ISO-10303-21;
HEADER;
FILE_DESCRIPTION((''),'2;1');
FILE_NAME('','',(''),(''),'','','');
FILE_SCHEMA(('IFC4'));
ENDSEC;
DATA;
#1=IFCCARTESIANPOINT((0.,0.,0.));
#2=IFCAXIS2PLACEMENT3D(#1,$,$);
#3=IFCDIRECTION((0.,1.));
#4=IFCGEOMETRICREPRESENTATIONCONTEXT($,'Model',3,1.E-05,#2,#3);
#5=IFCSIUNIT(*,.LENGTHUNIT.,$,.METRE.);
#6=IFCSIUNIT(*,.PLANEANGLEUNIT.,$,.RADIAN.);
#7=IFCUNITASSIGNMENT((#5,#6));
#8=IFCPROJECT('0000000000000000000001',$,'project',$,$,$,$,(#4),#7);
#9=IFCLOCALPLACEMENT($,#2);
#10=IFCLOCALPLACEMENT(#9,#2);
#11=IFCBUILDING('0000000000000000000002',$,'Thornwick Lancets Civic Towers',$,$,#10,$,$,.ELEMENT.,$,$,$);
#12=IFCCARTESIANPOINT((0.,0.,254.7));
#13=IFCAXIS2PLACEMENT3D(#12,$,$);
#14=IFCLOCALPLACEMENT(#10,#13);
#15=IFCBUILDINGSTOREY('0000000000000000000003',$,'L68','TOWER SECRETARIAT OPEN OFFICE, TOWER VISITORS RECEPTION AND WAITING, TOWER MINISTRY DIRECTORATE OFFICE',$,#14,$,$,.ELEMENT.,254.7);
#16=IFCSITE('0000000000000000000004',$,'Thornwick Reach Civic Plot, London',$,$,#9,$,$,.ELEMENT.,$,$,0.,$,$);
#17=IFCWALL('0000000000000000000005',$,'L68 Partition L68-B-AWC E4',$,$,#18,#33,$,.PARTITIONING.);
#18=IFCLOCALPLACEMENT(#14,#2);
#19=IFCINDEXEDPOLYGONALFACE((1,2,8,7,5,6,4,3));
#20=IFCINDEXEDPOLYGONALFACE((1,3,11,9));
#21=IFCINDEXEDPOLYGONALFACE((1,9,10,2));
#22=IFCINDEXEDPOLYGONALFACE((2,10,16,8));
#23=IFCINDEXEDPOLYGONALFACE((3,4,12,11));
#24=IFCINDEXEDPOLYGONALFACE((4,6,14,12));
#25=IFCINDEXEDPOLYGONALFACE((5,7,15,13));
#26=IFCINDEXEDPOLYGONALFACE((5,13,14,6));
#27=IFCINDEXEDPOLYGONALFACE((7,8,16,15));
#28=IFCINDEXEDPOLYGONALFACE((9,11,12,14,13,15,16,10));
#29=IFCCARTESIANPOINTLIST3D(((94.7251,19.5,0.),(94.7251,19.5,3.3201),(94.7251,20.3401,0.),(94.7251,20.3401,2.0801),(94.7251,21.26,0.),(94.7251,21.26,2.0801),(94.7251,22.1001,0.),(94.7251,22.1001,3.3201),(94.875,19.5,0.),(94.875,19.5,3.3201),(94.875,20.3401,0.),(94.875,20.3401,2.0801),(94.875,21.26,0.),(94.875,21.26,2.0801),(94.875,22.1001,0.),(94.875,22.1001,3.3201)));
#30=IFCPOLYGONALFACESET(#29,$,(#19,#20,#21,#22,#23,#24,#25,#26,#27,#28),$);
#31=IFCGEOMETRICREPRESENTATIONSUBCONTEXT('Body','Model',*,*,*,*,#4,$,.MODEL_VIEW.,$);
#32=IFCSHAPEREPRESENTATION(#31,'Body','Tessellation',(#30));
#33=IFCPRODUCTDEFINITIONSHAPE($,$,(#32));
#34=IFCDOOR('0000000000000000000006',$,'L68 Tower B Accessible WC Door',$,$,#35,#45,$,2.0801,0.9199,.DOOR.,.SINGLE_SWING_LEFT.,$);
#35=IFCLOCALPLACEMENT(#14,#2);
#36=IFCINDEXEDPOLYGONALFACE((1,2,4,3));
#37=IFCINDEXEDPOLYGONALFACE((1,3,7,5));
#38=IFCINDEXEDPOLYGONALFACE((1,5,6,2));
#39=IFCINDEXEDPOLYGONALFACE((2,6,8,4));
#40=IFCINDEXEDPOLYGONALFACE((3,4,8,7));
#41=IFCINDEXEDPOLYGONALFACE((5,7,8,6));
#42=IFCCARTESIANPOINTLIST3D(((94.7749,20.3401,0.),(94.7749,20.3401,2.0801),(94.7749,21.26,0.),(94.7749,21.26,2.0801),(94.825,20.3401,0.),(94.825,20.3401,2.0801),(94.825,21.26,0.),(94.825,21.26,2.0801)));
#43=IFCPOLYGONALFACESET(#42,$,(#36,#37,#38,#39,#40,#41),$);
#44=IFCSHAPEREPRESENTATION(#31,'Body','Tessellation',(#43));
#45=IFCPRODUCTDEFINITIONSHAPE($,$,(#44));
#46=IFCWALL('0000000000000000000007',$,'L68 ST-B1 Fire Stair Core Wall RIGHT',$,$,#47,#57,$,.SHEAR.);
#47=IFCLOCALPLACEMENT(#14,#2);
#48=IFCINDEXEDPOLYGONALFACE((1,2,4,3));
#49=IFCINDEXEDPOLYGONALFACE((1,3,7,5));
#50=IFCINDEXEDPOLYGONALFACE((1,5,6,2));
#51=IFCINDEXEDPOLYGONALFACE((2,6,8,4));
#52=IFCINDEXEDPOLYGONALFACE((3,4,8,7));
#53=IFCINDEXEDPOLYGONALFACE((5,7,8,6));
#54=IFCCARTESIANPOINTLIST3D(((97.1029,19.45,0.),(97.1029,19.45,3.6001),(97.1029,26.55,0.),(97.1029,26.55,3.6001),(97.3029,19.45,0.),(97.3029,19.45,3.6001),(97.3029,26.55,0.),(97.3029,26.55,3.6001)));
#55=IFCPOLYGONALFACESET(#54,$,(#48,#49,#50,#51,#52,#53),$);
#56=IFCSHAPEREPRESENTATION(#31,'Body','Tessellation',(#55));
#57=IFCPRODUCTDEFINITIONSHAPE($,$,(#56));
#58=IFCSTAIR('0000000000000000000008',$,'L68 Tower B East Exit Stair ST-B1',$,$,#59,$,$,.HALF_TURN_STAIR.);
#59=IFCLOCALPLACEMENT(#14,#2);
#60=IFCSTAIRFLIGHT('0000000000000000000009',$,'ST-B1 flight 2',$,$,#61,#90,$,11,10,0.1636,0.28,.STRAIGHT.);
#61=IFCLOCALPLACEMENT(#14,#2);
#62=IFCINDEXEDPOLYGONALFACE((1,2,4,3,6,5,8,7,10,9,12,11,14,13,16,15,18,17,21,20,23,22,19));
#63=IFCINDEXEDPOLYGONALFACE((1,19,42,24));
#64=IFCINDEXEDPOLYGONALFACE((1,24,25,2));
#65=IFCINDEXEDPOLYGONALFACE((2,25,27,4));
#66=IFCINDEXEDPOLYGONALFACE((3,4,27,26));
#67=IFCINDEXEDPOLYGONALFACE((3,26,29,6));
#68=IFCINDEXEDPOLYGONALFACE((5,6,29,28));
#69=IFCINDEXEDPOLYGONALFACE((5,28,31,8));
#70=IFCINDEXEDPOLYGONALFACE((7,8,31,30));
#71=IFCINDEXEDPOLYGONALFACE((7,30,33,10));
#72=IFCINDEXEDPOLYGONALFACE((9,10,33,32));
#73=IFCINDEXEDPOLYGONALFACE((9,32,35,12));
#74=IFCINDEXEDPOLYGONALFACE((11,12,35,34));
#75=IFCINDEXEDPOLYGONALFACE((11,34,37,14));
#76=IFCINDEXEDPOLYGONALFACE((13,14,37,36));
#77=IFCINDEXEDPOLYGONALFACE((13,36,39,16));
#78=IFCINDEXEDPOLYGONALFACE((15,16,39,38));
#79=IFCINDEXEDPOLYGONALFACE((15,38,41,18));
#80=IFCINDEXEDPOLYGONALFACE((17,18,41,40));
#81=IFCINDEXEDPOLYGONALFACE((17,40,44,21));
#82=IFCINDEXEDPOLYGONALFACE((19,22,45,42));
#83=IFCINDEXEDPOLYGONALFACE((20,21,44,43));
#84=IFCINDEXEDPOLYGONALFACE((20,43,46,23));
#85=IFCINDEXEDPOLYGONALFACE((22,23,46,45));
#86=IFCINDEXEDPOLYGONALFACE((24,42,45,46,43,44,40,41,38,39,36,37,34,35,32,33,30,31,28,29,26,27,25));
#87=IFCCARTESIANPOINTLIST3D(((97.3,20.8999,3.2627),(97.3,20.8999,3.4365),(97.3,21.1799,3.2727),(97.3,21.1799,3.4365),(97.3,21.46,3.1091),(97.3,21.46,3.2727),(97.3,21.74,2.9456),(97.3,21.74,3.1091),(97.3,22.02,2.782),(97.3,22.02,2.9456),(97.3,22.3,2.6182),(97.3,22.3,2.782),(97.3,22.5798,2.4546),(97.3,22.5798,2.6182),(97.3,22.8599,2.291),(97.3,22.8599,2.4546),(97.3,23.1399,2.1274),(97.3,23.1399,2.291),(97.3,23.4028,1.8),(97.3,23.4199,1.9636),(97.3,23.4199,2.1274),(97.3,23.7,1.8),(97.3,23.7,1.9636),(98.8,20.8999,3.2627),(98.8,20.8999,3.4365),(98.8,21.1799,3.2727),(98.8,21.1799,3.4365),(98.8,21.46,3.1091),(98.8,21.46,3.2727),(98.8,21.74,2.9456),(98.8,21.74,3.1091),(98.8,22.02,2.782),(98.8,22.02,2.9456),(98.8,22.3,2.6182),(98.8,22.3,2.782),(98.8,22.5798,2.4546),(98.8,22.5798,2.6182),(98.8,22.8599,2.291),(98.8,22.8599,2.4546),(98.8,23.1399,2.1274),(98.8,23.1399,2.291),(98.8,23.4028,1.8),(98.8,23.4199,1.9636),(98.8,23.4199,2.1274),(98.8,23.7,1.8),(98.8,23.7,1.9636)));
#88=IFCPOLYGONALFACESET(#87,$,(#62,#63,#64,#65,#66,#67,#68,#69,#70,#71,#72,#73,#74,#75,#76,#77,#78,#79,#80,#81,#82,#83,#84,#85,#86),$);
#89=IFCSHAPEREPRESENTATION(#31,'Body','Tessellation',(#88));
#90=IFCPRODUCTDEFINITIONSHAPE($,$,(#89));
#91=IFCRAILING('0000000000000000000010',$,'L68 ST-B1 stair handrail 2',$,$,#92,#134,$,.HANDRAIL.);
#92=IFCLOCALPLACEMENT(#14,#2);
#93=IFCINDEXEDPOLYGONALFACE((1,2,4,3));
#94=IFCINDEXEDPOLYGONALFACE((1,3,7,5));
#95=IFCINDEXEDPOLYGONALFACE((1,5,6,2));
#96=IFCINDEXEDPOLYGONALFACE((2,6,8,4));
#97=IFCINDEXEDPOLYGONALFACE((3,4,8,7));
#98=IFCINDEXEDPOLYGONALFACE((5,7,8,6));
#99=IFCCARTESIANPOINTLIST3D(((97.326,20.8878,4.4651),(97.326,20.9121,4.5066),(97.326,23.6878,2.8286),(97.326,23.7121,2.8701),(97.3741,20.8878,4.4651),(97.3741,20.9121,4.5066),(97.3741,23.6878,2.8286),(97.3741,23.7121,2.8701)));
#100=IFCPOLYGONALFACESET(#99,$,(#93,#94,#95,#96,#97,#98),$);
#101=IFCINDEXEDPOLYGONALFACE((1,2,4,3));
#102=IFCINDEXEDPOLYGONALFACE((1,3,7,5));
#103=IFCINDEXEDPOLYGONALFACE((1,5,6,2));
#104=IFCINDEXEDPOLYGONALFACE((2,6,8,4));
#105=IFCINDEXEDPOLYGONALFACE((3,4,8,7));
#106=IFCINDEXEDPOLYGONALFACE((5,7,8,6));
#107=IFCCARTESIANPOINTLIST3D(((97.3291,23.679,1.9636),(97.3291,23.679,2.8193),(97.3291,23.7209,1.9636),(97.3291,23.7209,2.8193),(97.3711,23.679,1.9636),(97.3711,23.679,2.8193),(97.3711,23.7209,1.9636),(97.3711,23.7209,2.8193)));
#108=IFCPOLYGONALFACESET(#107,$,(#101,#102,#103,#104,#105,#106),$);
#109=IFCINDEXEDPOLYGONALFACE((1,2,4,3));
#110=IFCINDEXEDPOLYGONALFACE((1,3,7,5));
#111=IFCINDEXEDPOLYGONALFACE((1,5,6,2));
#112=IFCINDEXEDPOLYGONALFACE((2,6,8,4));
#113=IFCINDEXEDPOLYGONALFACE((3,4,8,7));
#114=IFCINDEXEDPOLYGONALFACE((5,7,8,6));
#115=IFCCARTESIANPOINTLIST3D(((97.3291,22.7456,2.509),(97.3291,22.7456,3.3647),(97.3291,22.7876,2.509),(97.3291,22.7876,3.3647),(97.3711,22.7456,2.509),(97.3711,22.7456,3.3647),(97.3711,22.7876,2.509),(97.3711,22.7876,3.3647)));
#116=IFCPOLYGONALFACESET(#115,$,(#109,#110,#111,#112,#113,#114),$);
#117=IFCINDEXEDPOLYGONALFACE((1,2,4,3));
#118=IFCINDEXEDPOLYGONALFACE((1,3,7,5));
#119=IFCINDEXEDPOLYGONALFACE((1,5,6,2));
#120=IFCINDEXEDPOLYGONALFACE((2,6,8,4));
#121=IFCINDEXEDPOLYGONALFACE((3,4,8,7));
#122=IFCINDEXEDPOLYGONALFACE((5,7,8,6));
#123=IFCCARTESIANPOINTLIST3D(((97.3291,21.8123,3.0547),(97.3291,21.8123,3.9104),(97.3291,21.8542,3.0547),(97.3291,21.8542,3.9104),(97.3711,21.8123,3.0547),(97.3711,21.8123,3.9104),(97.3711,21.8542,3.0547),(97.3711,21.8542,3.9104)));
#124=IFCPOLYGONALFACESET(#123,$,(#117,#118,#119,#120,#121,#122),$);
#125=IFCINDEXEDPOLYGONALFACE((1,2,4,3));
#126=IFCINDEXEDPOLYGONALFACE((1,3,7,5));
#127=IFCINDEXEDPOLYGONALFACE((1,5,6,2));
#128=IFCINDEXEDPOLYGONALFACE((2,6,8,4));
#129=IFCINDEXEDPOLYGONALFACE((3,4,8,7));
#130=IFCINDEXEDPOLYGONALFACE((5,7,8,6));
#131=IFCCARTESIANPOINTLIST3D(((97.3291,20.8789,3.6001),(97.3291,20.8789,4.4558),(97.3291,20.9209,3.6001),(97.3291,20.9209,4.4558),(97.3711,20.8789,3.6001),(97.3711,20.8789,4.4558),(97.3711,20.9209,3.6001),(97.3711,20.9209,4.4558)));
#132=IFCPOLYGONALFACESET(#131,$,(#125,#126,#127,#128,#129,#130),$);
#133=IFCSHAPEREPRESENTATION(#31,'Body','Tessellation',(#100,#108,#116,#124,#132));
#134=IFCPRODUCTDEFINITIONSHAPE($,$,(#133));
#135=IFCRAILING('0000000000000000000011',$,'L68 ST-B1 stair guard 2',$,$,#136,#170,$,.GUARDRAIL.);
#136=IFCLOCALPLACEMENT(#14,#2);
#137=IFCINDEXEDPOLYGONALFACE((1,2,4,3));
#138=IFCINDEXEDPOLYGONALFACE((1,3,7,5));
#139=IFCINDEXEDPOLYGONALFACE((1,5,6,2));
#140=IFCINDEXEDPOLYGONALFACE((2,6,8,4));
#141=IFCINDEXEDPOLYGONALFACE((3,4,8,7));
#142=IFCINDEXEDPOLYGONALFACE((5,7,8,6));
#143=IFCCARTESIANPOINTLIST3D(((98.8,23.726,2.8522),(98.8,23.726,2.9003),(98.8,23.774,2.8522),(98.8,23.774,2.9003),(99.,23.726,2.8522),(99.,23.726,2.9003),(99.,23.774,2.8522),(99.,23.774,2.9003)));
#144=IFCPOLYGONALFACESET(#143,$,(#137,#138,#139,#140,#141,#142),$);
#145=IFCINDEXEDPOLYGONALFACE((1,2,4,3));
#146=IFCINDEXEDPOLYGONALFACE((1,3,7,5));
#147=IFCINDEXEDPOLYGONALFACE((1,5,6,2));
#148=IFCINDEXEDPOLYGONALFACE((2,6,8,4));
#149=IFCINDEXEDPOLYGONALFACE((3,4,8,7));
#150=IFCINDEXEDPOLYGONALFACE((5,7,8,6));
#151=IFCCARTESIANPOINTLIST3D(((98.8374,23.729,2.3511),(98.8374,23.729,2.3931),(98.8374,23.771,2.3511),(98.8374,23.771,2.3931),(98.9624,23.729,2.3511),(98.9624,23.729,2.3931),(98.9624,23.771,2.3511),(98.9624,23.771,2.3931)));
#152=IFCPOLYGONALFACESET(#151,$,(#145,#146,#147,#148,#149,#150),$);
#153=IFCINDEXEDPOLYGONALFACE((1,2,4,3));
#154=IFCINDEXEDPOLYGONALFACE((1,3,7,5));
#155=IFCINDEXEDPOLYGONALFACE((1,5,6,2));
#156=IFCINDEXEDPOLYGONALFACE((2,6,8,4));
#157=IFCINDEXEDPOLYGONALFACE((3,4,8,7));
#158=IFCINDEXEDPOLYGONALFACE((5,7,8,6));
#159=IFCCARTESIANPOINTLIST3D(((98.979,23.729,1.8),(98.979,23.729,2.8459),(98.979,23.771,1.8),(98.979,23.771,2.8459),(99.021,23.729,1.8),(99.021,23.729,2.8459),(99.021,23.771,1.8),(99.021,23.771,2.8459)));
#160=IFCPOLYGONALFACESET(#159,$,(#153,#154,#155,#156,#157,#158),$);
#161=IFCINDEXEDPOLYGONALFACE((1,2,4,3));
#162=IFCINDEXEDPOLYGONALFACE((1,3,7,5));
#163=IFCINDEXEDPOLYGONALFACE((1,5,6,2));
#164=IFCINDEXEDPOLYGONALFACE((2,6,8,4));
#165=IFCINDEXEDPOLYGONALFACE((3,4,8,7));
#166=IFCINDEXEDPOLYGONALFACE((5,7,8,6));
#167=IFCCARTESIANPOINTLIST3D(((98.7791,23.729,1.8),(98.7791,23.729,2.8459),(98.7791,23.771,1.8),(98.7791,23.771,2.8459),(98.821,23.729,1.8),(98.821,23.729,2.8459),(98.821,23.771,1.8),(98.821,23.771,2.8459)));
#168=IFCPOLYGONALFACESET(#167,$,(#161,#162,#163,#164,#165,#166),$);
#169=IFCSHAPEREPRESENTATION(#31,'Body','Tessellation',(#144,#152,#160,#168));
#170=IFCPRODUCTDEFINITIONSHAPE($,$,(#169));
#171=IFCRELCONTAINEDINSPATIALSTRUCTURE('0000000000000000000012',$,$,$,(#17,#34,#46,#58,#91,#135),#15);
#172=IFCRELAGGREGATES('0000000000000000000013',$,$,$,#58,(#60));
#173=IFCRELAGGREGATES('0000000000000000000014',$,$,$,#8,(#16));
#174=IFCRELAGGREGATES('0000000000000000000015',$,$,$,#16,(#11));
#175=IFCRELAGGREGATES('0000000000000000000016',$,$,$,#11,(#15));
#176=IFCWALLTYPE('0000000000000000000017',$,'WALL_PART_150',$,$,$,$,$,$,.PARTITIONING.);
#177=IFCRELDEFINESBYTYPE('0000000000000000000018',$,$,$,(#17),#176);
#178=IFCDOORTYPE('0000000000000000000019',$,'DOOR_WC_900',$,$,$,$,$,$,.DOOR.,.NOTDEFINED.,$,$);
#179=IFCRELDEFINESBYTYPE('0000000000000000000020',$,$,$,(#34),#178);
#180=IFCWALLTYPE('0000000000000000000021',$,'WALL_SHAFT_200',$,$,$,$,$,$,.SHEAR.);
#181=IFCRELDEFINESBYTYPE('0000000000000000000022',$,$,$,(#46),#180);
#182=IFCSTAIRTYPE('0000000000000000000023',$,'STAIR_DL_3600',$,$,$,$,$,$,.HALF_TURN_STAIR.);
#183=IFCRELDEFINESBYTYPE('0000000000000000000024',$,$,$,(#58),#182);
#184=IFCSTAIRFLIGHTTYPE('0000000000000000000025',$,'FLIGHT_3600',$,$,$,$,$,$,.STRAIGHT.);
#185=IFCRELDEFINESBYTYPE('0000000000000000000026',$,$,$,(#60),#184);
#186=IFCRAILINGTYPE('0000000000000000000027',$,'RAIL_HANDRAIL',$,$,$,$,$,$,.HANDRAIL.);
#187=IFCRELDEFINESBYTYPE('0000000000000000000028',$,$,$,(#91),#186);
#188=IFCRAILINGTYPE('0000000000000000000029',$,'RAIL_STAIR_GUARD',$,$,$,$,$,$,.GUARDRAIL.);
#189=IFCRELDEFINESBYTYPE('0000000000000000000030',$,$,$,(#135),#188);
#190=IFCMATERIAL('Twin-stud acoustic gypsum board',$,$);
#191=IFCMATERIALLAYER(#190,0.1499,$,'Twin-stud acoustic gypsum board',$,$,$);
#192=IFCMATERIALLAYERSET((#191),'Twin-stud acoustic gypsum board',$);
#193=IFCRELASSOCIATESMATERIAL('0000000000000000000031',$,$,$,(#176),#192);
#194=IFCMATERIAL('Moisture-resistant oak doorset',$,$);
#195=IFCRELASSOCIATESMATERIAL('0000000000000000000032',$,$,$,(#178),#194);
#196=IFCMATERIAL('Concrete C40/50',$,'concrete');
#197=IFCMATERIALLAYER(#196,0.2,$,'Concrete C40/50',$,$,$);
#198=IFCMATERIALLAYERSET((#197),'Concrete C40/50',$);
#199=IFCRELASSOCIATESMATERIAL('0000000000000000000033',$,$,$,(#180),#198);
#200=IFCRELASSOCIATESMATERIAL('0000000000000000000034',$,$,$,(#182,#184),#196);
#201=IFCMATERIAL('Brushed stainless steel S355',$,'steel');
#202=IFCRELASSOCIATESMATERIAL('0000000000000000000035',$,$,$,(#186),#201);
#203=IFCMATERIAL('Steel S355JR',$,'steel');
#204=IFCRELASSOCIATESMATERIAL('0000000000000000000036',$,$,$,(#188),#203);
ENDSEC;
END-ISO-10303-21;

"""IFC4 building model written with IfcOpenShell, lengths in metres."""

from ifc_helpers import new_model, si_unit, direction, frame, frame_2d, origin, origin_2d, place, context, subcontext, project, spatial, polyline, rectangle, outline, extrude, material, layer, layer_set, type_object, element, fill, aggregate, save


model = new_model("IFC4")

# Units and contexts
model_context = context("Model", 3, precision=1e-05, world=origin(), true_north=direction((0.0, 1.0)))
body_context = subcontext(model_context, "Body", "Model", "MODEL_VIEW")
ifc_project = project(units=[si_unit("LENGTHUNIT", "METRE"), si_unit("PLANEANGLEUNIT", "RADIAN")], contexts=[model_context])

# Site, building, storey
site_placement = place(None, origin())
site = spatial("IfcSite", under=ifc_project, at=site_placement, Name="Thornwick Reach Civic Plot, London", CompositionType="ELEMENT", RefElevation=0.0)
building_placement = place(site_placement, origin())
building = spatial("IfcBuilding", under=site, at=building_placement, Name="Thornwick Lancets Civic Towers", CompositionType="ELEMENT")
storey_placement = place(building_placement, frame((0.0, 0.0, 254.7)))
storey = spatial("IfcBuildingStorey", under=building, at=storey_placement, Name="L68", Description="TOWER SECRETARIAT OPEN OFFICE, TOWER VISITORS RECEPTION AND WAITING, TOWER MINISTRY DIRECTORATE OFFICE", CompositionType="ELEMENT", Elevation=254.7)

# Shared definitions
ifc_material_1 = material(Name="Steel S355JR", Category="steel")

# Shared definitions
ifc_material_2 = material(Name="Twin-stud acoustic gypsum board")
ifc_layer_1 = layer(ifc_material_2, 0.1499, Name="Twin-stud acoustic gypsum board")
ifc_layer_set_1 = layer_set([ifc_layer_1], Name="Twin-stud acoustic gypsum board")
wall_type_1 = type_object("IfcWallType", Name="WALL_PART_150", PredefinedType="PARTITIONING", material=ifc_layer_set_1)

# Wall, opening, door
wall_1_placement = place(storey_placement, frame((94.8, 22.1001, 0.0), z_axis=(0.0, 0.0, 1.0), x_axis=(0.0, -1.0, 0.0)))
wall_1 = element("IfcWall", 1, at=wall_1_placement, inside=storey, type_object=wall_type_1, Name="L68 Partition L68-B-AWC E4", PredefinedType="PARTITIONING", context=body_context, shape_type="SweptSolid", body=[
    extrude(rectangle(XDim=2.6001, YDim=0.1499, at=frame_2d((1.3, 0.0))), origin(), (0.0, 0.0, 1.0), 3.3201),
])
opening_1_placement = place(wall_1_placement, frame((0.8401, 0.0, 0.0)))
opening_1 = element("IfcOpeningElement", 2, at=opening_1_placement, cuts=wall_1, PredefinedType="OPENING", context=body_context, shape_type="SweptSolid", body=[
    extrude(rectangle(XDim=0.9199, YDim=2.0801, at=frame_2d((0.46, 1.04))), frame((0.0, 0.085, 0.0), z_axis=(0.0, -1.0, 0.0), x_axis=(1.0, 0.0, 0.0)), (0.0, 0.0, 1.0), 0.1699),
])
ifc_material_3 = material(Name="Moisture-resistant oak doorset")
door_type_1 = type_object("IfcDoorType", Name="DOOR_WC_900", OperationType="NOTDEFINED", PredefinedType="DOOR", material=ifc_material_3)
door_1_placement = place(opening_1_placement, origin())
door_1 = element("IfcDoor", 3, at=door_1_placement, inside=storey, type_object=door_type_1, Name="L68 Tower B Accessible WC Door", OperationType="SINGLE_SWING_LEFT", OverallHeight=2.0801, OverallWidth=0.9199, PredefinedType="DOOR", context=body_context, shape_type="SweptSolid", body=[
    extrude(rectangle(XDim=0.9199, YDim=2.0801, at=frame_2d((0.46, 1.04))), frame((0.0, 0.0249, 0.0), z_axis=(0.0, -1.0, 0.0), x_axis=(1.0, 0.0, 0.0)), (0.0, 0.0, 1.0), 0.05),
])
fill(opening_1, door_1)

# Wall
ifc_material_4 = material(Name="Concrete C40/50", Category="concrete")
ifc_layer_2 = layer(ifc_material_4, 0.2, Name="Concrete C40/50")
ifc_layer_set_2 = layer_set([ifc_layer_2], Name="Concrete C40/50")
wall_type_2 = type_object("IfcWallType", Name="WALL_SHAFT_200", PredefinedType="SHEAR", material=ifc_layer_set_2)
wall_2_placement = place(storey_placement, frame((97.2029, 26.55, 0.0), z_axis=(0.0, 0.0, 1.0), x_axis=(0.0, -1.0, 0.0)))
element("IfcWall", 4, at=wall_2_placement, inside=storey, type_object=wall_type_2, Name="L68 ST-B1 Fire Stair Core Wall RIGHT", PredefinedType="SHEAR", context=body_context, shape_type="SweptSolid", body=[
    extrude(rectangle(XDim=7.1001, YDim=0.2, at=frame_2d((3.55, 0.0))), origin(), (0.0, 0.0, 1.0), 3.6001),
])

# Stair, stair flight
stair_type = type_object("IfcStairType", Name="STAIR_DL_3600", PredefinedType="HALF_TURN_STAIR", material=ifc_material_4)
stair_placement = place(storey_placement, origin())
stair = element("IfcStair", 5, at=stair_placement, inside=storey, type_object=stair_type, Name="L68 Tower B East Exit Stair ST-B1", PredefinedType="HALF_TURN_STAIR")
stair_flight_type = type_object("IfcStairFlightType", Name="FLIGHT_3600", PredefinedType="STRAIGHT", material=ifc_material_4)
stair_flight_placement = place(storey_placement, frame((98.05, 23.7, 1.8), z_axis=(0.0, 0.0, 1.0), x_axis=(0.0, -1.0, 0.0)))
stair_flight = element("IfcStairFlight", 6, at=stair_flight_placement, type_object=stair_flight_type, Name="ST-B1 flight 2", NumberOfRisers=11, NumberOfTreads=10, PredefinedType="STRAIGHT", RiserHeight=0.1636, TreadLength=0.28, context=body_context, shape_type="SweptSolid", body=[
    extrude(outline(polyline([(0.0, 0.0), (0.0, 0.1636), (0.28, 0.1636), (0.28, 0.3274), (0.5601, 0.3274), (0.5601, 0.491), (0.8401, 0.491), (0.8401, 0.6545), (1.1201, 0.6545), (1.1201, 0.8181), (1.3999, 0.8181), (1.3999, 0.9819), (1.6799, 0.9819), (1.6799, 1.1455), (1.96, 1.1455), (1.96, 1.3091), (2.24, 1.3091), (2.24, 1.4727), (2.52, 1.4727), (2.52, 1.6365), (2.8, 1.6365), (2.8, 1.8), (2.8, 1.4626), (0.2971, 0.0), (0.0, 0.0)])), frame((0.0, 0.75, 0.0), z_axis=(0.0, -1.0, 0.0), x_axis=(1.0, 0.0, 0.0)), (0.0, 0.0, 1.0), 1.5),
])
aggregate(stair, [stair_flight])

# Railings
ifc_material_5 = material(Name="Brushed stainless steel S355", Category="steel")
railing_type_1 = type_object("IfcRailingType", Name="RAIL_HANDRAIL", PredefinedType="HANDRAIL", material=ifc_material_5)
railing_1_placement = place(storey_placement, frame((97.3501, 23.7, 1.9636)))
element("IfcRailing", 7, at=railing_1_placement, inside=storey, type_object=railing_type_1, Name="L68 ST-B1 stair handrail 2", PredefinedType="HANDRAIL", context=body_context, shape_type="SweptSolid", body=[
    extrude(rectangle(XDim=0.0481, YDim=0.0481, at=origin_2d()), frame((0.0, 0.0, 0.8857), z_axis=(0.0, -0.863361, 0.504587), x_axis=(1.0, 0.0, 0.0)), (0.0, 0.0, 1.0), 3.2432),
    extrude(rectangle(XDim=0.042, YDim=0.042, at=origin_2d()), origin(), (0.0, 0.0, 1.0), 0.8557),
    extrude(rectangle(XDim=0.042, YDim=0.042, at=origin_2d()), frame((0.0, -0.9333, 0.5454)), (0.0, 0.0, 1.0), 0.8557),
    extrude(rectangle(XDim=0.042, YDim=0.042, at=origin_2d()), frame((0.0, -1.8667, 1.0911)), (0.0, 0.0, 1.0), 0.8557),
    extrude(rectangle(XDim=0.042, YDim=0.042, at=origin_2d()), frame((0.0, -2.8, 1.6365)), (0.0, 0.0, 1.0), 0.8557),
])
railing_type_2 = type_object("IfcRailingType", Name="RAIL_STAIR_GUARD", PredefinedType="GUARDRAIL", material=ifc_material_1)
railing_2_placement = place(storey_placement, frame((99.0, 23.75, 1.8)))
element("IfcRailing", 8, at=railing_2_placement, inside=storey, type_object=railing_type_2, Name="L68 ST-B1 stair guard 2", PredefinedType="GUARDRAIL", context=body_context, shape_type="SweptSolid", body=[
    extrude(rectangle(XDim=0.0481, YDim=0.0481, at=origin_2d()), frame((0.0, 0.0, 1.0762), z_axis=(-1.0, 0.0, 0.0), x_axis=(0.0, -1.0, 0.0)), (0.0, 0.0, 1.0), 0.2),
    extrude(rectangle(XDim=0.042, YDim=0.042, at=origin_2d()), frame((-0.0376, 0.0, 0.572), z_axis=(-1.0, 0.0, 0.0), x_axis=(0.0, -1.0, 0.0)), (0.0, 0.0, 1.0), 0.125),
    extrude(rectangle(XDim=0.042, YDim=0.042, at=origin_2d()), origin(), (0.0, 0.0, 1.0), 1.0459),
    extrude(rectangle(XDim=0.042, YDim=0.042, at=origin_2d()), frame((-0.2, 0.0, 0.0)), (0.0, 0.0, 1.0), 1.0459),
])

save(model, "model.ifc")
